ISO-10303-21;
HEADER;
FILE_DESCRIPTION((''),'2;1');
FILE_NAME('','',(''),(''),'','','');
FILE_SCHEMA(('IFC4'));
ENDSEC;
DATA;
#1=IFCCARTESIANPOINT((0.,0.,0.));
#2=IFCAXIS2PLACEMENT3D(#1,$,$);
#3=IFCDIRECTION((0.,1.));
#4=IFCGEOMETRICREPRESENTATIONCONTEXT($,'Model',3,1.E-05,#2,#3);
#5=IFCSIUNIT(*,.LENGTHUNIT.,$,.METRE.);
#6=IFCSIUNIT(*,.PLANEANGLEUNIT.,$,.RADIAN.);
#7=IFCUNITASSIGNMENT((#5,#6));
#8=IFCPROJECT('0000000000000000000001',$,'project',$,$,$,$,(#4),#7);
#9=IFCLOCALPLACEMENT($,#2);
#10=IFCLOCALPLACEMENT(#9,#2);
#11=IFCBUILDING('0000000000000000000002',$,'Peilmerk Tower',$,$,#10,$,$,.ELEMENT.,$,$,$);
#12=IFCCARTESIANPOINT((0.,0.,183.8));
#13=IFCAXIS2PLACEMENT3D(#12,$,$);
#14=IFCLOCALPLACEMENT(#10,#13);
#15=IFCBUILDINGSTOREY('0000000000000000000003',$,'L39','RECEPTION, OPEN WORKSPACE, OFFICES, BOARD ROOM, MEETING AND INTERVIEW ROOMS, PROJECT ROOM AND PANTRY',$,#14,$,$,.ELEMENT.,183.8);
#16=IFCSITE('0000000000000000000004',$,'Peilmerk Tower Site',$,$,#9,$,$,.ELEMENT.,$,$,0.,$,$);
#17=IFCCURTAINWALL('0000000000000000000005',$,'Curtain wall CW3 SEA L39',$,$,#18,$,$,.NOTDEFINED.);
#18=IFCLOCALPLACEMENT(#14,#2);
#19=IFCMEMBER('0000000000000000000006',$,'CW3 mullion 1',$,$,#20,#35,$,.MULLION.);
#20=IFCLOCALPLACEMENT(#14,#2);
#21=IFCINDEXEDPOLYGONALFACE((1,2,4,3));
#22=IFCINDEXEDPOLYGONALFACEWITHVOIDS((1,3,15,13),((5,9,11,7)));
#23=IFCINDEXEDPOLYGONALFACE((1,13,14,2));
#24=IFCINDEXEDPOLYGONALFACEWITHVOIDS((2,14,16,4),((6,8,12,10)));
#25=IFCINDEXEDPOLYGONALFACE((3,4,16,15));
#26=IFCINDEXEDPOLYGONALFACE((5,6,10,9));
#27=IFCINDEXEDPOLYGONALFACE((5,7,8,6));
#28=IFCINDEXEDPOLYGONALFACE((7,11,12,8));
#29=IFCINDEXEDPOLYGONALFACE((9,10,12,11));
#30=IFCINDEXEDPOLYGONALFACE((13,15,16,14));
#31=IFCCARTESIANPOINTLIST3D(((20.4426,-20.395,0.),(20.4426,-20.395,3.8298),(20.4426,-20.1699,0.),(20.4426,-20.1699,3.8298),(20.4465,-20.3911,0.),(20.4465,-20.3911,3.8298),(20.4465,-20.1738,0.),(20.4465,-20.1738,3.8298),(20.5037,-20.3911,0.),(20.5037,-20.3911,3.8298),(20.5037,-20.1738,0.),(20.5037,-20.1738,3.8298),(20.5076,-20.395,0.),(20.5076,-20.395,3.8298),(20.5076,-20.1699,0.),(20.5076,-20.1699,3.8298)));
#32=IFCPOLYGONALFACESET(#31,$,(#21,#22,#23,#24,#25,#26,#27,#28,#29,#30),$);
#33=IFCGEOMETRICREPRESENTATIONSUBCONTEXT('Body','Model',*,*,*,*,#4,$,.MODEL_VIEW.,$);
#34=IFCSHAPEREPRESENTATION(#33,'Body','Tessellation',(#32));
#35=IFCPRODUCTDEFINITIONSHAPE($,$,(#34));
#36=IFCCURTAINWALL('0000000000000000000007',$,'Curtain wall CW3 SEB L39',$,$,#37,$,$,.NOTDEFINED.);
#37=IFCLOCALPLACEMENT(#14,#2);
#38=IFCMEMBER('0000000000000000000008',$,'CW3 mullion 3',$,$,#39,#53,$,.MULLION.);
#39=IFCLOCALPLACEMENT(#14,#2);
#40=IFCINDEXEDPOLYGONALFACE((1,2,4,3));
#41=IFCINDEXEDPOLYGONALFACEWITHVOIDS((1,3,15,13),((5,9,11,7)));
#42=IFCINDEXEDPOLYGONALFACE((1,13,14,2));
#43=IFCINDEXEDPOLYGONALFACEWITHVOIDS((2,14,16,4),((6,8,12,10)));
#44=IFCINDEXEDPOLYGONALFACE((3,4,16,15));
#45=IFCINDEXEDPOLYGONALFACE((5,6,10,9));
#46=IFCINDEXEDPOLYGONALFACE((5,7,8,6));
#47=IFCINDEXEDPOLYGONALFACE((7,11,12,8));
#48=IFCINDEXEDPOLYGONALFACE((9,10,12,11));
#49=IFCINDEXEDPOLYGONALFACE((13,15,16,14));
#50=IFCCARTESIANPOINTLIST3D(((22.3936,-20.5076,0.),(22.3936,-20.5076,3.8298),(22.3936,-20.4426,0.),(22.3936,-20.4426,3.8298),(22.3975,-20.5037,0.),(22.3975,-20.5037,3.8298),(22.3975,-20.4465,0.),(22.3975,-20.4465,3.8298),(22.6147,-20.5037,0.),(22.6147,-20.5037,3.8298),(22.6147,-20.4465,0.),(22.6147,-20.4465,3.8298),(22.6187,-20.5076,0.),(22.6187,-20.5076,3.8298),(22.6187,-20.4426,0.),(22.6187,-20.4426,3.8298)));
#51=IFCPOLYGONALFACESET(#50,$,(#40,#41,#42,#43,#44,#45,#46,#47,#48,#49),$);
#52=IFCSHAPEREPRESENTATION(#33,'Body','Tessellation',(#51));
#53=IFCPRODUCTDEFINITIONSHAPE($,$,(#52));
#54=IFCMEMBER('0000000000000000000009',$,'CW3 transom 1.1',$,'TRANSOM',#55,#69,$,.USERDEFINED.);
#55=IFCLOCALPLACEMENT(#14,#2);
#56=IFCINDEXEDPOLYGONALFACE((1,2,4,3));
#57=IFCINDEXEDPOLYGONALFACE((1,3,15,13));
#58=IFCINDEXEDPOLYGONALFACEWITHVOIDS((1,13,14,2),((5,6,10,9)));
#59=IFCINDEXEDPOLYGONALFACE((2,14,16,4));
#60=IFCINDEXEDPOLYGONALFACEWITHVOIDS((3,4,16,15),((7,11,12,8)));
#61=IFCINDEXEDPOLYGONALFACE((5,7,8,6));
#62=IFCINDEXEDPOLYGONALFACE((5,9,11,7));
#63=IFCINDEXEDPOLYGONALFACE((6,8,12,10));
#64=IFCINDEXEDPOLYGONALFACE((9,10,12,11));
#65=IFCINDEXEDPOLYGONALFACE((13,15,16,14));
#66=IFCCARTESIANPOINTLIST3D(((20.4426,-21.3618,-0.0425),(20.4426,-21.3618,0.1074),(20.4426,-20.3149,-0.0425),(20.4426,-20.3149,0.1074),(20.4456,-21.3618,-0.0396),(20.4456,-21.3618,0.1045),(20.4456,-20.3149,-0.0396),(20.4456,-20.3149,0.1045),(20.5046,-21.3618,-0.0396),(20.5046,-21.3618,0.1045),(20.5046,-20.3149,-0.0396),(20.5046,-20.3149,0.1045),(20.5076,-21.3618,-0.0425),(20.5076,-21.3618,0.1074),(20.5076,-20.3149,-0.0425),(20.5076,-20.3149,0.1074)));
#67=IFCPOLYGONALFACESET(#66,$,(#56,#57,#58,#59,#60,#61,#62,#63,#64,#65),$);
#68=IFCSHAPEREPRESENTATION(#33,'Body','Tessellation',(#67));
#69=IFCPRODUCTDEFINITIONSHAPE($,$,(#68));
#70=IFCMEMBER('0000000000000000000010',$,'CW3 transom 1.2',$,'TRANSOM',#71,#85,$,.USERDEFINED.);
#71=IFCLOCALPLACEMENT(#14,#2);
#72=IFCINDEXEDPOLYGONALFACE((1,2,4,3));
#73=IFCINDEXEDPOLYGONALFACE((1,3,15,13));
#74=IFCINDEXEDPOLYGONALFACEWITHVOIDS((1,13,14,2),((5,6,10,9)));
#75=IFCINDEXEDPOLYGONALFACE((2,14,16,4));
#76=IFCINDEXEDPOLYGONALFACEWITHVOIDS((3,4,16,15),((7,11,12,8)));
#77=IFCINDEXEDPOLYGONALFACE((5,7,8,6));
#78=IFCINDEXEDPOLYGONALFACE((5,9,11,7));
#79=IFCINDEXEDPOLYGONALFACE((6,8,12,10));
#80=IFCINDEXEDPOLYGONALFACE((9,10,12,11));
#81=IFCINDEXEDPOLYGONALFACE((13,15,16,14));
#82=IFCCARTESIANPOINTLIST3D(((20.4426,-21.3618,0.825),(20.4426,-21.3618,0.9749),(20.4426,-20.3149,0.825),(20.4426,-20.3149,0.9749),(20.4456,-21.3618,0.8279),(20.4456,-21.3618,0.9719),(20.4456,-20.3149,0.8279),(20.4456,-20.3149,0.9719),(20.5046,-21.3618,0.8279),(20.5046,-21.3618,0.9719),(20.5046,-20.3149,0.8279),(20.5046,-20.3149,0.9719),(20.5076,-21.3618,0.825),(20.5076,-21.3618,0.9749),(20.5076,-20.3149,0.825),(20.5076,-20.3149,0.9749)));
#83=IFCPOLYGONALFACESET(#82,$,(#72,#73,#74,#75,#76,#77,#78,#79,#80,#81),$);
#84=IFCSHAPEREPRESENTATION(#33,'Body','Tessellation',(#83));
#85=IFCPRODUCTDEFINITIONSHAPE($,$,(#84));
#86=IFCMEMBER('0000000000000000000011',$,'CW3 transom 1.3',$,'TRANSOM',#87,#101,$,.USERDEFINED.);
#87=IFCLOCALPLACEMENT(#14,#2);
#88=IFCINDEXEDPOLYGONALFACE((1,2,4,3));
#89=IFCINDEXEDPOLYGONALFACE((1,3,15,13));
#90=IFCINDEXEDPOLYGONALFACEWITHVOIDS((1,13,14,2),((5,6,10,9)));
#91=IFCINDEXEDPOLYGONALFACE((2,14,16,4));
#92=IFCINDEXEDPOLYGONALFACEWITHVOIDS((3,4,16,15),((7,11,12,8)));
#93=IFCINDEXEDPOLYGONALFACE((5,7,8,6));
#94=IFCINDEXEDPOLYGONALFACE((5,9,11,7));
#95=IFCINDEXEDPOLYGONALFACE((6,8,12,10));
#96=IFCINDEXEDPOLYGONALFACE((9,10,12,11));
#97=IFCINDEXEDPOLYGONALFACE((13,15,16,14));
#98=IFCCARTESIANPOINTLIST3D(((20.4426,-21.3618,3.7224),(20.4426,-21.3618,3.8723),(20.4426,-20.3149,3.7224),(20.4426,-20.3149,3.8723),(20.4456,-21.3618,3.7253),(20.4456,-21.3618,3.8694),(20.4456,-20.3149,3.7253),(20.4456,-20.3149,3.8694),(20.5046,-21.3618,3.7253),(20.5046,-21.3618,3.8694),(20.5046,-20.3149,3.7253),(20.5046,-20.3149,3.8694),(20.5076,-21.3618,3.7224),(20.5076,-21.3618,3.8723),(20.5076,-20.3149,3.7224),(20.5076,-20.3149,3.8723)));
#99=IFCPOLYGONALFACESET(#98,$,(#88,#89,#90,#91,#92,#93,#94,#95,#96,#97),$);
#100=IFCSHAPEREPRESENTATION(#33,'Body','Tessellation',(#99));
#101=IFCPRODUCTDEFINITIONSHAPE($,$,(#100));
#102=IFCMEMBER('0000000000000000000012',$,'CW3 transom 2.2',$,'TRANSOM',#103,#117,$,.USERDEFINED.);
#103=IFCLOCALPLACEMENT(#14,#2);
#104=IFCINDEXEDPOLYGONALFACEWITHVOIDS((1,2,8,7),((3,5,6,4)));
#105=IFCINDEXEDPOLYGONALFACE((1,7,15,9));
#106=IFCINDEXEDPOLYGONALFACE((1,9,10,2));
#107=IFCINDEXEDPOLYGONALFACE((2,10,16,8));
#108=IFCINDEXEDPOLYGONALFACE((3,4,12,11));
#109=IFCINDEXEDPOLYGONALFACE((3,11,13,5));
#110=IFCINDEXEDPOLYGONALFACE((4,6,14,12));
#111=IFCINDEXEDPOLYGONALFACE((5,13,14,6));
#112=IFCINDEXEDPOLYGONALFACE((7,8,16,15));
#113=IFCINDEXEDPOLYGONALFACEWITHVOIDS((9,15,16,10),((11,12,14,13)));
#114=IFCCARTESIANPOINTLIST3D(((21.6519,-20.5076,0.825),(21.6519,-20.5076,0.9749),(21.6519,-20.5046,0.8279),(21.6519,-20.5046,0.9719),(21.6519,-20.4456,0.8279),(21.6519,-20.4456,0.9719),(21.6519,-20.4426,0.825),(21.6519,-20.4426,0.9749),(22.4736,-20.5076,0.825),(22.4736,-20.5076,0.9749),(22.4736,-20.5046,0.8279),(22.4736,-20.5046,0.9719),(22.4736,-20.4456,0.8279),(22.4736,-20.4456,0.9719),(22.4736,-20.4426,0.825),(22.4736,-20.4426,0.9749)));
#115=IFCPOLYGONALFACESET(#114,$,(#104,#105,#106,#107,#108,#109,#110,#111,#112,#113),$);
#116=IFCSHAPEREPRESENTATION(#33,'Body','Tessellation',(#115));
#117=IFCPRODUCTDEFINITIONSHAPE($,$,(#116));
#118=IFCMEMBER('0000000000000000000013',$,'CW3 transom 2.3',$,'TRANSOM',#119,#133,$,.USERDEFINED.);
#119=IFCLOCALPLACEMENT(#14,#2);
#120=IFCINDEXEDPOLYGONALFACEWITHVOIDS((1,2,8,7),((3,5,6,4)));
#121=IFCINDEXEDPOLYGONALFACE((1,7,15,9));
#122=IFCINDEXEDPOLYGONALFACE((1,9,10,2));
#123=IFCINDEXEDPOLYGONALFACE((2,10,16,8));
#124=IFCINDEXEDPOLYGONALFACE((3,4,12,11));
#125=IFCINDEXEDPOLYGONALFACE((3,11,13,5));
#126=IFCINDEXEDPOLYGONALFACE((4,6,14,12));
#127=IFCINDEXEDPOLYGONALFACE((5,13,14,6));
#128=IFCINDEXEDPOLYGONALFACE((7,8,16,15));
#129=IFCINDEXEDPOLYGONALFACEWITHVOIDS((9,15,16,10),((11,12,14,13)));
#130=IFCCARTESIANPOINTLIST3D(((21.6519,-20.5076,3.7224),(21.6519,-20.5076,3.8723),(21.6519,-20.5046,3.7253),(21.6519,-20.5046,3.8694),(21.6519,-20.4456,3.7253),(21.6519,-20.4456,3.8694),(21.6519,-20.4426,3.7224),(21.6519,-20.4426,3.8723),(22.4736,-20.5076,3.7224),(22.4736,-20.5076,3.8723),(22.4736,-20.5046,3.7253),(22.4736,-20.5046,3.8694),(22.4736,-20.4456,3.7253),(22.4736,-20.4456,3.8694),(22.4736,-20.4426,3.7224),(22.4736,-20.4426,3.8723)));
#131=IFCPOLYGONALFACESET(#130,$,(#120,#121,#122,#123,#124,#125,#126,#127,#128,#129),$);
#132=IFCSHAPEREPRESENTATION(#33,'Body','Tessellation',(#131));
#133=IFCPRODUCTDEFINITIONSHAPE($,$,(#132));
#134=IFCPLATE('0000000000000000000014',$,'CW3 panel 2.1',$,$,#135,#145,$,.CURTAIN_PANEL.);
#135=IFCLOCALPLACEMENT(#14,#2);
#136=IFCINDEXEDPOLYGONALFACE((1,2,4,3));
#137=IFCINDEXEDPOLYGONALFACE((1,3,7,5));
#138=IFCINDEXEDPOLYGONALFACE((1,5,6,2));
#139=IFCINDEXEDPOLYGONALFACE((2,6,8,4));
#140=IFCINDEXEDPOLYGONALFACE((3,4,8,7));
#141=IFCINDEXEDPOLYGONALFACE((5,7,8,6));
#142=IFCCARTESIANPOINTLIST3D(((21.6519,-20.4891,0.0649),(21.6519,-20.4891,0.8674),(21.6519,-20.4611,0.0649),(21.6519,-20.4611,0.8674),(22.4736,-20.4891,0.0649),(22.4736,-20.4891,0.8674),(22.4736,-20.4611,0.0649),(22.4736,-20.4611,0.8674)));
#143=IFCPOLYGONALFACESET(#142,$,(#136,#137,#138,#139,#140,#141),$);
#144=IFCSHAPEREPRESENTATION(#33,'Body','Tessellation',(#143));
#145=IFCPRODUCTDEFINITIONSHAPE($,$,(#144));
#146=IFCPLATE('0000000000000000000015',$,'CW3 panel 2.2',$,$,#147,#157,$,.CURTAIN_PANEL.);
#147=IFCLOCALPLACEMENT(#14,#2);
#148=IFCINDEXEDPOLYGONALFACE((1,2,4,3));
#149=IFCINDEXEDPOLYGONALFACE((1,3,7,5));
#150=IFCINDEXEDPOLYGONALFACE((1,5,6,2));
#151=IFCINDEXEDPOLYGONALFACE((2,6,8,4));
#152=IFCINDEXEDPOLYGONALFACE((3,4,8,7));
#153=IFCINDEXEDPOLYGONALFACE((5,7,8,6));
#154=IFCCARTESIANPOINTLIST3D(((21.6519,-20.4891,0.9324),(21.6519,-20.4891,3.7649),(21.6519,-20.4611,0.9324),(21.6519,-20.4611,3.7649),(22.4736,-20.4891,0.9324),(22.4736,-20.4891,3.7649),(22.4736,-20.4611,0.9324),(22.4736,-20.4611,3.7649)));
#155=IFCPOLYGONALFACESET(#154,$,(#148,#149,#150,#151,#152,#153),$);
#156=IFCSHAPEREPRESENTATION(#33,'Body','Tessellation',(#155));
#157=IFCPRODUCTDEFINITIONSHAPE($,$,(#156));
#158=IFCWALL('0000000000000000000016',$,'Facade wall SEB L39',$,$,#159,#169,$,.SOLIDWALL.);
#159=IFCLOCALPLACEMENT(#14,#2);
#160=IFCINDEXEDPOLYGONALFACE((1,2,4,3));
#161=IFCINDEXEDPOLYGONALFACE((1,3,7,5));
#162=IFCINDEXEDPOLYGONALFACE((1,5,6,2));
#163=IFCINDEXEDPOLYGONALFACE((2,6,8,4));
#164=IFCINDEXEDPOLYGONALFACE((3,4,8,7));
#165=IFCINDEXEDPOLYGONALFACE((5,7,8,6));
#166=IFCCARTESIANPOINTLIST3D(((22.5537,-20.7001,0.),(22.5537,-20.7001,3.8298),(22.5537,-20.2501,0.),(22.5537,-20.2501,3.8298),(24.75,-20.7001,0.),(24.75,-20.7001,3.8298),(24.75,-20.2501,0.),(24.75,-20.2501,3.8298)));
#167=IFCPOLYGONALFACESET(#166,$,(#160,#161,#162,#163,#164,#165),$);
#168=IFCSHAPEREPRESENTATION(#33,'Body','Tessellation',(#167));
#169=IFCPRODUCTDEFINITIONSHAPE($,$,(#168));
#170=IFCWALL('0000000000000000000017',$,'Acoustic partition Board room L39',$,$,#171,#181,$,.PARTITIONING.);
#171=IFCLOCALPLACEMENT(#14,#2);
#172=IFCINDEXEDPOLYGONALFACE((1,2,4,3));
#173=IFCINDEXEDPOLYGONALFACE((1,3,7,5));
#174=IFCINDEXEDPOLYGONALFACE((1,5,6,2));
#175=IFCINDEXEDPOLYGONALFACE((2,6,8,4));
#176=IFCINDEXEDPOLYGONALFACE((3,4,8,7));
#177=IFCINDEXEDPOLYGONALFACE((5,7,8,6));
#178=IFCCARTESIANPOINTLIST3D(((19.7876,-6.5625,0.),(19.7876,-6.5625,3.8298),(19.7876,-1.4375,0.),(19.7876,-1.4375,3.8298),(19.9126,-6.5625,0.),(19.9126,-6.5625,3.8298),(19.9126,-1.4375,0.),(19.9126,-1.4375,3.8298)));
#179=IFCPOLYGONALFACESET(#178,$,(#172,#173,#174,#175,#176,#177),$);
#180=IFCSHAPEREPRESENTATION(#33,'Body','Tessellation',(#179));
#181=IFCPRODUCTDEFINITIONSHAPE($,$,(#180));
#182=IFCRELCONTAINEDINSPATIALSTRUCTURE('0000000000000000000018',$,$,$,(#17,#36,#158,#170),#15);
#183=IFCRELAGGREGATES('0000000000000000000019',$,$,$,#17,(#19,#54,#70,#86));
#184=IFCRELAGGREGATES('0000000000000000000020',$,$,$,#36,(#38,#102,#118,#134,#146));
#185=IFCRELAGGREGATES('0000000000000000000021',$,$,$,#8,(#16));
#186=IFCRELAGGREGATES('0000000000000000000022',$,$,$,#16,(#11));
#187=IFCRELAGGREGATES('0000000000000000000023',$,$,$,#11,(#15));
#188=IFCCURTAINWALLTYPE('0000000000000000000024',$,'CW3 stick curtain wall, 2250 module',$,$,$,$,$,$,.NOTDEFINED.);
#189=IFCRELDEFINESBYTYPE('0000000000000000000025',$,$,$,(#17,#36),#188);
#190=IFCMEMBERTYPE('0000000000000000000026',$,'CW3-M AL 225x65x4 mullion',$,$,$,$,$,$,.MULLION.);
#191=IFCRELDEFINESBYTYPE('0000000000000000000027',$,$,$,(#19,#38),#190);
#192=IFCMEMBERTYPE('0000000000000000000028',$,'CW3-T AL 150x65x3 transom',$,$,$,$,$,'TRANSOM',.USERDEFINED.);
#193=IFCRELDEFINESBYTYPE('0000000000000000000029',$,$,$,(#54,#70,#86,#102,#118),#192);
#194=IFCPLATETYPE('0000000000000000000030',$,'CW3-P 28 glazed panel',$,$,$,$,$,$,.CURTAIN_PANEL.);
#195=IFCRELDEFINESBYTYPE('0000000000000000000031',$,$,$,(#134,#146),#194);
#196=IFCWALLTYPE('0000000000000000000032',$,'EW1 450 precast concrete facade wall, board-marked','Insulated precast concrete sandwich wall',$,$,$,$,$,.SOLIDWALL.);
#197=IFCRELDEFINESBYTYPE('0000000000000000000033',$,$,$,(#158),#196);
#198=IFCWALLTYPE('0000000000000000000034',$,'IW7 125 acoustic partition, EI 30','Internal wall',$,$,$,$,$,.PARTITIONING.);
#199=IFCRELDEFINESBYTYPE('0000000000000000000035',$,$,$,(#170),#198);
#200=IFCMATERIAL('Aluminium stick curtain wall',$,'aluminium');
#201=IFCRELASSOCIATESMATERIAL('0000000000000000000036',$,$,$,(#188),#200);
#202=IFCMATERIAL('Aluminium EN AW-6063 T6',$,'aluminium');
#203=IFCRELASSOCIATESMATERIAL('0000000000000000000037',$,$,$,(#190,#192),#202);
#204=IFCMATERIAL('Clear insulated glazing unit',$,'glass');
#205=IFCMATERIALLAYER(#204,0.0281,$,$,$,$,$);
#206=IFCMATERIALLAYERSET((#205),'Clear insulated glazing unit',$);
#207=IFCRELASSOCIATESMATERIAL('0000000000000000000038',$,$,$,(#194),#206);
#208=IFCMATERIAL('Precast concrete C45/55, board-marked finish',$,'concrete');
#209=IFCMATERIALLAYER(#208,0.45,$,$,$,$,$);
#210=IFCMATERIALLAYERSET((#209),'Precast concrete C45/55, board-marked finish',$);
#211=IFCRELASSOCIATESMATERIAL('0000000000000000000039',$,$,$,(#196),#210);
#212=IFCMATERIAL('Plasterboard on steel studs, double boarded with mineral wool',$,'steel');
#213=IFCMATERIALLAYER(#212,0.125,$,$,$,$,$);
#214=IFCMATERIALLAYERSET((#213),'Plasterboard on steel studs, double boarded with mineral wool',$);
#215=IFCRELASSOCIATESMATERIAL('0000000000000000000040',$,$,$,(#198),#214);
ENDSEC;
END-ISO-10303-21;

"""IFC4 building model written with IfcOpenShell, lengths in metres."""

from ifc_helpers import new_model, si_unit, direction, frame, frame_2d, origin, origin_2d, place, context, subcontext, project, spatial, rectangle, hollow_rectangle, extrude, material, layer, layer_set, material_profile, profile_set, type_object, element, aggregate, save


model = new_model("IFC4")

# Units and contexts
model_context = context("Model", 3, precision=1e-05, world=origin(), true_north=direction((0.0, 1.0)))
body_context = subcontext(model_context, "Body", "Model", "MODEL_VIEW")
ifc_project = project(units=[si_unit("LENGTHUNIT", "METRE"), si_unit("PLANEANGLEUNIT", "RADIAN")], contexts=[model_context])

# Site, building, storey
site_placement = place(None, origin())
site = spatial("IfcSite", under=ifc_project, at=site_placement, Name="Peilmerk Tower Site", CompositionType="ELEMENT", RefElevation=0.0)
building_placement = place(site_placement, origin())
building = spatial("IfcBuilding", under=site, at=building_placement, Name="Peilmerk Tower", CompositionType="ELEMENT")
storey_placement = place(building_placement, frame((0.0, 0.0, 183.8)))
storey = spatial("IfcBuildingStorey", under=building, at=storey_placement, Name="L39", Description="RECEPTION, OPEN WORKSPACE, OFFICES, BOARD ROOM, MEETING AND INTERVIEW ROOMS, PROJECT ROOM AND PANTRY", CompositionType="ELEMENT", Elevation=183.8)

# Curtain walls, members
ifc_material_1 = material(Name="Aluminium stick curtain wall", Category="aluminium")
curtain_wall_type = type_object("IfcCurtainWallType", Name="CW3 stick curtain wall, 2250 module", PredefinedType="NOTDEFINED", material=ifc_material_1)
curtain_wall_1_placement = place(storey_placement, origin())
curtain_wall_1 = element("IfcCurtainWall", 1, at=curtain_wall_1_placement, inside=storey, type_object=curtain_wall_type, Name="Curtain wall CW3 SEA L39", PredefinedType="NOTDEFINED")
ifc_material_2 = material(Name="Aluminium EN AW-6063 T6", Category="aluminium")
ifc_material_profile_1 = material_profile(ifc_material_2, hollow_rectangle(XDim=0.0649, YDim=0.2251, WallThickness=0.0039, at=origin_2d()), Name="AL 225x65x4")
ifc_profile_set_1 = profile_set([ifc_material_profile_1], Name="Aluminium EN AW-6063 T6")
member_type_1 = type_object("IfcMemberType", Name="CW3-M AL 225x65x4 mullion", PredefinedType="MULLION", material=ifc_profile_set_1)
member_1_placement = place(storey_placement, frame((20.4751, -20.2825, 0.0), z_axis=(0.0, 0.0, 1.0), x_axis=(1.0, 0.0, 0.0)))
member_1 = element("IfcMember", 2, at=member_1_placement, type_object=member_type_1, Name="CW3 mullion 1", PredefinedType="MULLION", context=body_context, shape_type="SweptSolid", body=[
    extrude(hollow_rectangle(XDim=0.0649, YDim=0.2251, WallThickness=0.0039, at=origin_2d()), origin(), (0.0, 0.0, 1.0), 3.8298),
])
curtain_wall_2_placement = place(storey_placement, origin())
curtain_wall_2 = element("IfcCurtainWall", 3, at=curtain_wall_2_placement, inside=storey, type_object=curtain_wall_type, Name="Curtain wall CW3 SEB L39", PredefinedType="NOTDEFINED")
member_2_placement = place(storey_placement, frame((22.5061, -20.4751, 0.0), z_axis=(0.0, 0.0, 1.0), x_axis=(0.0, 1.0, 0.0)))
member_2 = element("IfcMember", 4, at=member_2_placement, type_object=member_type_1, Name="CW3 mullion 3", PredefinedType="MULLION", context=body_context, shape_type="SweptSolid", body=[
    extrude(hollow_rectangle(XDim=0.0649, YDim=0.2251, WallThickness=0.0039, at=origin_2d()), origin(), (0.0, 0.0, 1.0), 3.8298),
])

# Members
ifc_material_profile_2 = material_profile(ifc_material_2, hollow_rectangle(XDim=0.0649, YDim=0.1499, WallThickness=0.0029, at=origin_2d()), Name="AL 150x65x3")
ifc_profile_set_2 = profile_set([ifc_material_profile_2], Name="Aluminium EN AW-6063 T6")
member_type_2 = type_object("IfcMemberType", Name="CW3-T AL 150x65x3 transom", ElementType="TRANSOM", PredefinedType="USERDEFINED", material=ifc_profile_set_2)
member_3_placement = place(storey_placement, frame((20.4751, -20.3149, 0.0325), z_axis=(0.0, -1.0, 0.0), x_axis=(1.0, 0.0, 0.0)))
member_3 = element("IfcMember", 5, at=member_3_placement, type_object=member_type_2, Name="CW3 transom 1.1", ObjectType="TRANSOM", PredefinedType="USERDEFINED", context=body_context, shape_type="SweptSolid", body=[
    extrude(hollow_rectangle(XDim=0.0649, YDim=0.1499, WallThickness=0.0029, at=origin_2d()), origin(), (0.0, 0.0, 1.0), 1.0469),
])
member_4_placement = place(storey_placement, frame((20.4751, -20.3149, 0.8999), z_axis=(0.0, -1.0, 0.0), x_axis=(1.0, 0.0, 0.0)))
member_4 = element("IfcMember", 6, at=member_4_placement, type_object=member_type_2, Name="CW3 transom 1.2", ObjectType="TRANSOM", PredefinedType="USERDEFINED", context=body_context, shape_type="SweptSolid", body=[
    extrude(hollow_rectangle(XDim=0.0649, YDim=0.1499, WallThickness=0.0029, at=origin_2d()), origin(), (0.0, 0.0, 1.0), 1.0469),
])
member_5_placement = place(storey_placement, frame((20.4751, -20.3149, 3.7974), z_axis=(0.0, -1.0, 0.0), x_axis=(1.0, 0.0, 0.0)))
member_5 = element("IfcMember", 7, at=member_5_placement, type_object=member_type_2, Name="CW3 transom 1.3", ObjectType="TRANSOM", PredefinedType="USERDEFINED", context=body_context, shape_type="SweptSolid", body=[
    extrude(hollow_rectangle(XDim=0.0649, YDim=0.1499, WallThickness=0.0029, at=origin_2d()), origin(), (0.0, 0.0, 1.0), 1.0469),
])
aggregate(curtain_wall_1, [member_1, member_3, member_4, member_5])
member_6_placement = place(storey_placement, frame((21.6519, -20.4751, 0.8999), z_axis=(1.0, 0.0, 0.0), x_axis=(0.0, 1.0, 0.0)))
member_6 = element("IfcMember", 8, at=member_6_placement, type_object=member_type_2, Name="CW3 transom 2.2", ObjectType="TRANSOM", PredefinedType="USERDEFINED", context=body_context, shape_type="SweptSolid", body=[
    extrude(hollow_rectangle(XDim=0.0649, YDim=0.1499, WallThickness=0.0029, at=origin_2d()), origin(), (0.0, 0.0, 1.0), 0.8218),
])
member_7_placement = place(storey_placement, frame((21.6519, -20.4751, 3.7974), z_axis=(1.0, 0.0, 0.0), x_axis=(0.0, 1.0, 0.0)))
member_7 = element("IfcMember", 9, at=member_7_placement, type_object=member_type_2, Name="CW3 transom 2.3", ObjectType="TRANSOM", PredefinedType="USERDEFINED", context=body_context, shape_type="SweptSolid", body=[
    extrude(hollow_rectangle(XDim=0.0649, YDim=0.1499, WallThickness=0.0029, at=origin_2d()), origin(), (0.0, 0.0, 1.0), 0.8218),
])

# Plates
ifc_material_3 = material(Name="Clear insulated glazing unit", Category="glass")
ifc_layer_1 = layer(ifc_material_3, 0.0281)
ifc_layer_set_1 = layer_set([ifc_layer_1], Name="Clear insulated glazing unit")
plate_type = type_object("IfcPlateType", Name="CW3-P 28 glazed panel", PredefinedType="CURTAIN_PANEL", material=ifc_layer_set_1)
plate_1_placement = place(storey_placement, frame((22.0627, -20.4751, 0.0649), z_axis=(0.0, 0.0, 1.0), x_axis=(1.0, 0.0, 0.0)))
plate_1 = element("IfcPlate", 10, at=plate_1_placement, type_object=plate_type, Name="CW3 panel 2.1", PredefinedType="CURTAIN_PANEL", context=body_context, shape_type="SweptSolid", body=[
    extrude(rectangle(XDim=0.8218, YDim=0.0281, at=origin_2d()), origin(), (0.0, 0.0, 1.0), 0.8025),
])
plate_2_placement = place(storey_placement, frame((22.0627, -20.4751, 0.9324), z_axis=(0.0, 0.0, 1.0), x_axis=(1.0, 0.0, 0.0)))
plate_2 = element("IfcPlate", 11, at=plate_2_placement, type_object=plate_type, Name="CW3 panel 2.2", PredefinedType="CURTAIN_PANEL", context=body_context, shape_type="SweptSolid", body=[
    extrude(rectangle(XDim=0.8218, YDim=0.0281, at=origin_2d()), origin(), (0.0, 0.0, 1.0), 2.8325),
])
aggregate(curtain_wall_2, [member_2, member_6, member_7, plate_1, plate_2])

# Walls
ifc_material_4 = material(Name="Precast concrete C45/55, board-marked finish", Category="concrete")
ifc_layer_2 = layer(ifc_material_4, 0.45)
ifc_layer_set_2 = layer_set([ifc_layer_2], Name="Precast concrete C45/55, board-marked finish")
wall_type_1 = type_object("IfcWallType", Name="EW1 450 precast concrete facade wall, board-marked", Description="Insulated precast concrete sandwich wall", PredefinedType="SOLIDWALL", material=ifc_layer_set_2)
wall_1_placement = place(storey_placement, frame((22.5537, -20.4751, 0.0), z_axis=(0.0, 0.0, 1.0), x_axis=(1.0, 0.0, 0.0)))
element("IfcWall", 12, at=wall_1_placement, inside=storey, type_object=wall_type_1, Name="Facade wall SEB L39", PredefinedType="SOLIDWALL", context=body_context, shape_type="SweptSolid", body=[
    extrude(rectangle(XDim=2.1963, YDim=0.45, at=frame_2d((1.0981, 0.0))), origin(), (0.0, 0.0, 1.0), 3.8298),
])
ifc_material_5 = material(Name="Plasterboard on steel studs, double boarded with mineral wool", Category="steel")
ifc_layer_3 = layer(ifc_material_5, 0.125)
ifc_layer_set_3 = layer_set([ifc_layer_3], Name="Plasterboard on steel studs, double boarded with mineral wool")
wall_type_2 = type_object("IfcWallType", Name="IW7 125 acoustic partition, EI 30", Description="Internal wall", PredefinedType="PARTITIONING", material=ifc_layer_set_3)
wall_2_placement = place(storey_placement, frame((19.8501, -6.5625, 0.0), z_axis=(0.0, 0.0, 1.0), x_axis=(0.0, 1.0, 0.0)))
element("IfcWall", 13, at=wall_2_placement, inside=storey, type_object=wall_type_2, Name="Acoustic partition Board room L39", PredefinedType="PARTITIONING", context=body_context, shape_type="SweptSolid", body=[
    extrude(rectangle(XDim=5.125, YDim=0.125, at=frame_2d((2.5625, 0.0))), origin(), (0.0, 0.0, 1.0), 3.8298),
])

save(model, "model.ifc")
